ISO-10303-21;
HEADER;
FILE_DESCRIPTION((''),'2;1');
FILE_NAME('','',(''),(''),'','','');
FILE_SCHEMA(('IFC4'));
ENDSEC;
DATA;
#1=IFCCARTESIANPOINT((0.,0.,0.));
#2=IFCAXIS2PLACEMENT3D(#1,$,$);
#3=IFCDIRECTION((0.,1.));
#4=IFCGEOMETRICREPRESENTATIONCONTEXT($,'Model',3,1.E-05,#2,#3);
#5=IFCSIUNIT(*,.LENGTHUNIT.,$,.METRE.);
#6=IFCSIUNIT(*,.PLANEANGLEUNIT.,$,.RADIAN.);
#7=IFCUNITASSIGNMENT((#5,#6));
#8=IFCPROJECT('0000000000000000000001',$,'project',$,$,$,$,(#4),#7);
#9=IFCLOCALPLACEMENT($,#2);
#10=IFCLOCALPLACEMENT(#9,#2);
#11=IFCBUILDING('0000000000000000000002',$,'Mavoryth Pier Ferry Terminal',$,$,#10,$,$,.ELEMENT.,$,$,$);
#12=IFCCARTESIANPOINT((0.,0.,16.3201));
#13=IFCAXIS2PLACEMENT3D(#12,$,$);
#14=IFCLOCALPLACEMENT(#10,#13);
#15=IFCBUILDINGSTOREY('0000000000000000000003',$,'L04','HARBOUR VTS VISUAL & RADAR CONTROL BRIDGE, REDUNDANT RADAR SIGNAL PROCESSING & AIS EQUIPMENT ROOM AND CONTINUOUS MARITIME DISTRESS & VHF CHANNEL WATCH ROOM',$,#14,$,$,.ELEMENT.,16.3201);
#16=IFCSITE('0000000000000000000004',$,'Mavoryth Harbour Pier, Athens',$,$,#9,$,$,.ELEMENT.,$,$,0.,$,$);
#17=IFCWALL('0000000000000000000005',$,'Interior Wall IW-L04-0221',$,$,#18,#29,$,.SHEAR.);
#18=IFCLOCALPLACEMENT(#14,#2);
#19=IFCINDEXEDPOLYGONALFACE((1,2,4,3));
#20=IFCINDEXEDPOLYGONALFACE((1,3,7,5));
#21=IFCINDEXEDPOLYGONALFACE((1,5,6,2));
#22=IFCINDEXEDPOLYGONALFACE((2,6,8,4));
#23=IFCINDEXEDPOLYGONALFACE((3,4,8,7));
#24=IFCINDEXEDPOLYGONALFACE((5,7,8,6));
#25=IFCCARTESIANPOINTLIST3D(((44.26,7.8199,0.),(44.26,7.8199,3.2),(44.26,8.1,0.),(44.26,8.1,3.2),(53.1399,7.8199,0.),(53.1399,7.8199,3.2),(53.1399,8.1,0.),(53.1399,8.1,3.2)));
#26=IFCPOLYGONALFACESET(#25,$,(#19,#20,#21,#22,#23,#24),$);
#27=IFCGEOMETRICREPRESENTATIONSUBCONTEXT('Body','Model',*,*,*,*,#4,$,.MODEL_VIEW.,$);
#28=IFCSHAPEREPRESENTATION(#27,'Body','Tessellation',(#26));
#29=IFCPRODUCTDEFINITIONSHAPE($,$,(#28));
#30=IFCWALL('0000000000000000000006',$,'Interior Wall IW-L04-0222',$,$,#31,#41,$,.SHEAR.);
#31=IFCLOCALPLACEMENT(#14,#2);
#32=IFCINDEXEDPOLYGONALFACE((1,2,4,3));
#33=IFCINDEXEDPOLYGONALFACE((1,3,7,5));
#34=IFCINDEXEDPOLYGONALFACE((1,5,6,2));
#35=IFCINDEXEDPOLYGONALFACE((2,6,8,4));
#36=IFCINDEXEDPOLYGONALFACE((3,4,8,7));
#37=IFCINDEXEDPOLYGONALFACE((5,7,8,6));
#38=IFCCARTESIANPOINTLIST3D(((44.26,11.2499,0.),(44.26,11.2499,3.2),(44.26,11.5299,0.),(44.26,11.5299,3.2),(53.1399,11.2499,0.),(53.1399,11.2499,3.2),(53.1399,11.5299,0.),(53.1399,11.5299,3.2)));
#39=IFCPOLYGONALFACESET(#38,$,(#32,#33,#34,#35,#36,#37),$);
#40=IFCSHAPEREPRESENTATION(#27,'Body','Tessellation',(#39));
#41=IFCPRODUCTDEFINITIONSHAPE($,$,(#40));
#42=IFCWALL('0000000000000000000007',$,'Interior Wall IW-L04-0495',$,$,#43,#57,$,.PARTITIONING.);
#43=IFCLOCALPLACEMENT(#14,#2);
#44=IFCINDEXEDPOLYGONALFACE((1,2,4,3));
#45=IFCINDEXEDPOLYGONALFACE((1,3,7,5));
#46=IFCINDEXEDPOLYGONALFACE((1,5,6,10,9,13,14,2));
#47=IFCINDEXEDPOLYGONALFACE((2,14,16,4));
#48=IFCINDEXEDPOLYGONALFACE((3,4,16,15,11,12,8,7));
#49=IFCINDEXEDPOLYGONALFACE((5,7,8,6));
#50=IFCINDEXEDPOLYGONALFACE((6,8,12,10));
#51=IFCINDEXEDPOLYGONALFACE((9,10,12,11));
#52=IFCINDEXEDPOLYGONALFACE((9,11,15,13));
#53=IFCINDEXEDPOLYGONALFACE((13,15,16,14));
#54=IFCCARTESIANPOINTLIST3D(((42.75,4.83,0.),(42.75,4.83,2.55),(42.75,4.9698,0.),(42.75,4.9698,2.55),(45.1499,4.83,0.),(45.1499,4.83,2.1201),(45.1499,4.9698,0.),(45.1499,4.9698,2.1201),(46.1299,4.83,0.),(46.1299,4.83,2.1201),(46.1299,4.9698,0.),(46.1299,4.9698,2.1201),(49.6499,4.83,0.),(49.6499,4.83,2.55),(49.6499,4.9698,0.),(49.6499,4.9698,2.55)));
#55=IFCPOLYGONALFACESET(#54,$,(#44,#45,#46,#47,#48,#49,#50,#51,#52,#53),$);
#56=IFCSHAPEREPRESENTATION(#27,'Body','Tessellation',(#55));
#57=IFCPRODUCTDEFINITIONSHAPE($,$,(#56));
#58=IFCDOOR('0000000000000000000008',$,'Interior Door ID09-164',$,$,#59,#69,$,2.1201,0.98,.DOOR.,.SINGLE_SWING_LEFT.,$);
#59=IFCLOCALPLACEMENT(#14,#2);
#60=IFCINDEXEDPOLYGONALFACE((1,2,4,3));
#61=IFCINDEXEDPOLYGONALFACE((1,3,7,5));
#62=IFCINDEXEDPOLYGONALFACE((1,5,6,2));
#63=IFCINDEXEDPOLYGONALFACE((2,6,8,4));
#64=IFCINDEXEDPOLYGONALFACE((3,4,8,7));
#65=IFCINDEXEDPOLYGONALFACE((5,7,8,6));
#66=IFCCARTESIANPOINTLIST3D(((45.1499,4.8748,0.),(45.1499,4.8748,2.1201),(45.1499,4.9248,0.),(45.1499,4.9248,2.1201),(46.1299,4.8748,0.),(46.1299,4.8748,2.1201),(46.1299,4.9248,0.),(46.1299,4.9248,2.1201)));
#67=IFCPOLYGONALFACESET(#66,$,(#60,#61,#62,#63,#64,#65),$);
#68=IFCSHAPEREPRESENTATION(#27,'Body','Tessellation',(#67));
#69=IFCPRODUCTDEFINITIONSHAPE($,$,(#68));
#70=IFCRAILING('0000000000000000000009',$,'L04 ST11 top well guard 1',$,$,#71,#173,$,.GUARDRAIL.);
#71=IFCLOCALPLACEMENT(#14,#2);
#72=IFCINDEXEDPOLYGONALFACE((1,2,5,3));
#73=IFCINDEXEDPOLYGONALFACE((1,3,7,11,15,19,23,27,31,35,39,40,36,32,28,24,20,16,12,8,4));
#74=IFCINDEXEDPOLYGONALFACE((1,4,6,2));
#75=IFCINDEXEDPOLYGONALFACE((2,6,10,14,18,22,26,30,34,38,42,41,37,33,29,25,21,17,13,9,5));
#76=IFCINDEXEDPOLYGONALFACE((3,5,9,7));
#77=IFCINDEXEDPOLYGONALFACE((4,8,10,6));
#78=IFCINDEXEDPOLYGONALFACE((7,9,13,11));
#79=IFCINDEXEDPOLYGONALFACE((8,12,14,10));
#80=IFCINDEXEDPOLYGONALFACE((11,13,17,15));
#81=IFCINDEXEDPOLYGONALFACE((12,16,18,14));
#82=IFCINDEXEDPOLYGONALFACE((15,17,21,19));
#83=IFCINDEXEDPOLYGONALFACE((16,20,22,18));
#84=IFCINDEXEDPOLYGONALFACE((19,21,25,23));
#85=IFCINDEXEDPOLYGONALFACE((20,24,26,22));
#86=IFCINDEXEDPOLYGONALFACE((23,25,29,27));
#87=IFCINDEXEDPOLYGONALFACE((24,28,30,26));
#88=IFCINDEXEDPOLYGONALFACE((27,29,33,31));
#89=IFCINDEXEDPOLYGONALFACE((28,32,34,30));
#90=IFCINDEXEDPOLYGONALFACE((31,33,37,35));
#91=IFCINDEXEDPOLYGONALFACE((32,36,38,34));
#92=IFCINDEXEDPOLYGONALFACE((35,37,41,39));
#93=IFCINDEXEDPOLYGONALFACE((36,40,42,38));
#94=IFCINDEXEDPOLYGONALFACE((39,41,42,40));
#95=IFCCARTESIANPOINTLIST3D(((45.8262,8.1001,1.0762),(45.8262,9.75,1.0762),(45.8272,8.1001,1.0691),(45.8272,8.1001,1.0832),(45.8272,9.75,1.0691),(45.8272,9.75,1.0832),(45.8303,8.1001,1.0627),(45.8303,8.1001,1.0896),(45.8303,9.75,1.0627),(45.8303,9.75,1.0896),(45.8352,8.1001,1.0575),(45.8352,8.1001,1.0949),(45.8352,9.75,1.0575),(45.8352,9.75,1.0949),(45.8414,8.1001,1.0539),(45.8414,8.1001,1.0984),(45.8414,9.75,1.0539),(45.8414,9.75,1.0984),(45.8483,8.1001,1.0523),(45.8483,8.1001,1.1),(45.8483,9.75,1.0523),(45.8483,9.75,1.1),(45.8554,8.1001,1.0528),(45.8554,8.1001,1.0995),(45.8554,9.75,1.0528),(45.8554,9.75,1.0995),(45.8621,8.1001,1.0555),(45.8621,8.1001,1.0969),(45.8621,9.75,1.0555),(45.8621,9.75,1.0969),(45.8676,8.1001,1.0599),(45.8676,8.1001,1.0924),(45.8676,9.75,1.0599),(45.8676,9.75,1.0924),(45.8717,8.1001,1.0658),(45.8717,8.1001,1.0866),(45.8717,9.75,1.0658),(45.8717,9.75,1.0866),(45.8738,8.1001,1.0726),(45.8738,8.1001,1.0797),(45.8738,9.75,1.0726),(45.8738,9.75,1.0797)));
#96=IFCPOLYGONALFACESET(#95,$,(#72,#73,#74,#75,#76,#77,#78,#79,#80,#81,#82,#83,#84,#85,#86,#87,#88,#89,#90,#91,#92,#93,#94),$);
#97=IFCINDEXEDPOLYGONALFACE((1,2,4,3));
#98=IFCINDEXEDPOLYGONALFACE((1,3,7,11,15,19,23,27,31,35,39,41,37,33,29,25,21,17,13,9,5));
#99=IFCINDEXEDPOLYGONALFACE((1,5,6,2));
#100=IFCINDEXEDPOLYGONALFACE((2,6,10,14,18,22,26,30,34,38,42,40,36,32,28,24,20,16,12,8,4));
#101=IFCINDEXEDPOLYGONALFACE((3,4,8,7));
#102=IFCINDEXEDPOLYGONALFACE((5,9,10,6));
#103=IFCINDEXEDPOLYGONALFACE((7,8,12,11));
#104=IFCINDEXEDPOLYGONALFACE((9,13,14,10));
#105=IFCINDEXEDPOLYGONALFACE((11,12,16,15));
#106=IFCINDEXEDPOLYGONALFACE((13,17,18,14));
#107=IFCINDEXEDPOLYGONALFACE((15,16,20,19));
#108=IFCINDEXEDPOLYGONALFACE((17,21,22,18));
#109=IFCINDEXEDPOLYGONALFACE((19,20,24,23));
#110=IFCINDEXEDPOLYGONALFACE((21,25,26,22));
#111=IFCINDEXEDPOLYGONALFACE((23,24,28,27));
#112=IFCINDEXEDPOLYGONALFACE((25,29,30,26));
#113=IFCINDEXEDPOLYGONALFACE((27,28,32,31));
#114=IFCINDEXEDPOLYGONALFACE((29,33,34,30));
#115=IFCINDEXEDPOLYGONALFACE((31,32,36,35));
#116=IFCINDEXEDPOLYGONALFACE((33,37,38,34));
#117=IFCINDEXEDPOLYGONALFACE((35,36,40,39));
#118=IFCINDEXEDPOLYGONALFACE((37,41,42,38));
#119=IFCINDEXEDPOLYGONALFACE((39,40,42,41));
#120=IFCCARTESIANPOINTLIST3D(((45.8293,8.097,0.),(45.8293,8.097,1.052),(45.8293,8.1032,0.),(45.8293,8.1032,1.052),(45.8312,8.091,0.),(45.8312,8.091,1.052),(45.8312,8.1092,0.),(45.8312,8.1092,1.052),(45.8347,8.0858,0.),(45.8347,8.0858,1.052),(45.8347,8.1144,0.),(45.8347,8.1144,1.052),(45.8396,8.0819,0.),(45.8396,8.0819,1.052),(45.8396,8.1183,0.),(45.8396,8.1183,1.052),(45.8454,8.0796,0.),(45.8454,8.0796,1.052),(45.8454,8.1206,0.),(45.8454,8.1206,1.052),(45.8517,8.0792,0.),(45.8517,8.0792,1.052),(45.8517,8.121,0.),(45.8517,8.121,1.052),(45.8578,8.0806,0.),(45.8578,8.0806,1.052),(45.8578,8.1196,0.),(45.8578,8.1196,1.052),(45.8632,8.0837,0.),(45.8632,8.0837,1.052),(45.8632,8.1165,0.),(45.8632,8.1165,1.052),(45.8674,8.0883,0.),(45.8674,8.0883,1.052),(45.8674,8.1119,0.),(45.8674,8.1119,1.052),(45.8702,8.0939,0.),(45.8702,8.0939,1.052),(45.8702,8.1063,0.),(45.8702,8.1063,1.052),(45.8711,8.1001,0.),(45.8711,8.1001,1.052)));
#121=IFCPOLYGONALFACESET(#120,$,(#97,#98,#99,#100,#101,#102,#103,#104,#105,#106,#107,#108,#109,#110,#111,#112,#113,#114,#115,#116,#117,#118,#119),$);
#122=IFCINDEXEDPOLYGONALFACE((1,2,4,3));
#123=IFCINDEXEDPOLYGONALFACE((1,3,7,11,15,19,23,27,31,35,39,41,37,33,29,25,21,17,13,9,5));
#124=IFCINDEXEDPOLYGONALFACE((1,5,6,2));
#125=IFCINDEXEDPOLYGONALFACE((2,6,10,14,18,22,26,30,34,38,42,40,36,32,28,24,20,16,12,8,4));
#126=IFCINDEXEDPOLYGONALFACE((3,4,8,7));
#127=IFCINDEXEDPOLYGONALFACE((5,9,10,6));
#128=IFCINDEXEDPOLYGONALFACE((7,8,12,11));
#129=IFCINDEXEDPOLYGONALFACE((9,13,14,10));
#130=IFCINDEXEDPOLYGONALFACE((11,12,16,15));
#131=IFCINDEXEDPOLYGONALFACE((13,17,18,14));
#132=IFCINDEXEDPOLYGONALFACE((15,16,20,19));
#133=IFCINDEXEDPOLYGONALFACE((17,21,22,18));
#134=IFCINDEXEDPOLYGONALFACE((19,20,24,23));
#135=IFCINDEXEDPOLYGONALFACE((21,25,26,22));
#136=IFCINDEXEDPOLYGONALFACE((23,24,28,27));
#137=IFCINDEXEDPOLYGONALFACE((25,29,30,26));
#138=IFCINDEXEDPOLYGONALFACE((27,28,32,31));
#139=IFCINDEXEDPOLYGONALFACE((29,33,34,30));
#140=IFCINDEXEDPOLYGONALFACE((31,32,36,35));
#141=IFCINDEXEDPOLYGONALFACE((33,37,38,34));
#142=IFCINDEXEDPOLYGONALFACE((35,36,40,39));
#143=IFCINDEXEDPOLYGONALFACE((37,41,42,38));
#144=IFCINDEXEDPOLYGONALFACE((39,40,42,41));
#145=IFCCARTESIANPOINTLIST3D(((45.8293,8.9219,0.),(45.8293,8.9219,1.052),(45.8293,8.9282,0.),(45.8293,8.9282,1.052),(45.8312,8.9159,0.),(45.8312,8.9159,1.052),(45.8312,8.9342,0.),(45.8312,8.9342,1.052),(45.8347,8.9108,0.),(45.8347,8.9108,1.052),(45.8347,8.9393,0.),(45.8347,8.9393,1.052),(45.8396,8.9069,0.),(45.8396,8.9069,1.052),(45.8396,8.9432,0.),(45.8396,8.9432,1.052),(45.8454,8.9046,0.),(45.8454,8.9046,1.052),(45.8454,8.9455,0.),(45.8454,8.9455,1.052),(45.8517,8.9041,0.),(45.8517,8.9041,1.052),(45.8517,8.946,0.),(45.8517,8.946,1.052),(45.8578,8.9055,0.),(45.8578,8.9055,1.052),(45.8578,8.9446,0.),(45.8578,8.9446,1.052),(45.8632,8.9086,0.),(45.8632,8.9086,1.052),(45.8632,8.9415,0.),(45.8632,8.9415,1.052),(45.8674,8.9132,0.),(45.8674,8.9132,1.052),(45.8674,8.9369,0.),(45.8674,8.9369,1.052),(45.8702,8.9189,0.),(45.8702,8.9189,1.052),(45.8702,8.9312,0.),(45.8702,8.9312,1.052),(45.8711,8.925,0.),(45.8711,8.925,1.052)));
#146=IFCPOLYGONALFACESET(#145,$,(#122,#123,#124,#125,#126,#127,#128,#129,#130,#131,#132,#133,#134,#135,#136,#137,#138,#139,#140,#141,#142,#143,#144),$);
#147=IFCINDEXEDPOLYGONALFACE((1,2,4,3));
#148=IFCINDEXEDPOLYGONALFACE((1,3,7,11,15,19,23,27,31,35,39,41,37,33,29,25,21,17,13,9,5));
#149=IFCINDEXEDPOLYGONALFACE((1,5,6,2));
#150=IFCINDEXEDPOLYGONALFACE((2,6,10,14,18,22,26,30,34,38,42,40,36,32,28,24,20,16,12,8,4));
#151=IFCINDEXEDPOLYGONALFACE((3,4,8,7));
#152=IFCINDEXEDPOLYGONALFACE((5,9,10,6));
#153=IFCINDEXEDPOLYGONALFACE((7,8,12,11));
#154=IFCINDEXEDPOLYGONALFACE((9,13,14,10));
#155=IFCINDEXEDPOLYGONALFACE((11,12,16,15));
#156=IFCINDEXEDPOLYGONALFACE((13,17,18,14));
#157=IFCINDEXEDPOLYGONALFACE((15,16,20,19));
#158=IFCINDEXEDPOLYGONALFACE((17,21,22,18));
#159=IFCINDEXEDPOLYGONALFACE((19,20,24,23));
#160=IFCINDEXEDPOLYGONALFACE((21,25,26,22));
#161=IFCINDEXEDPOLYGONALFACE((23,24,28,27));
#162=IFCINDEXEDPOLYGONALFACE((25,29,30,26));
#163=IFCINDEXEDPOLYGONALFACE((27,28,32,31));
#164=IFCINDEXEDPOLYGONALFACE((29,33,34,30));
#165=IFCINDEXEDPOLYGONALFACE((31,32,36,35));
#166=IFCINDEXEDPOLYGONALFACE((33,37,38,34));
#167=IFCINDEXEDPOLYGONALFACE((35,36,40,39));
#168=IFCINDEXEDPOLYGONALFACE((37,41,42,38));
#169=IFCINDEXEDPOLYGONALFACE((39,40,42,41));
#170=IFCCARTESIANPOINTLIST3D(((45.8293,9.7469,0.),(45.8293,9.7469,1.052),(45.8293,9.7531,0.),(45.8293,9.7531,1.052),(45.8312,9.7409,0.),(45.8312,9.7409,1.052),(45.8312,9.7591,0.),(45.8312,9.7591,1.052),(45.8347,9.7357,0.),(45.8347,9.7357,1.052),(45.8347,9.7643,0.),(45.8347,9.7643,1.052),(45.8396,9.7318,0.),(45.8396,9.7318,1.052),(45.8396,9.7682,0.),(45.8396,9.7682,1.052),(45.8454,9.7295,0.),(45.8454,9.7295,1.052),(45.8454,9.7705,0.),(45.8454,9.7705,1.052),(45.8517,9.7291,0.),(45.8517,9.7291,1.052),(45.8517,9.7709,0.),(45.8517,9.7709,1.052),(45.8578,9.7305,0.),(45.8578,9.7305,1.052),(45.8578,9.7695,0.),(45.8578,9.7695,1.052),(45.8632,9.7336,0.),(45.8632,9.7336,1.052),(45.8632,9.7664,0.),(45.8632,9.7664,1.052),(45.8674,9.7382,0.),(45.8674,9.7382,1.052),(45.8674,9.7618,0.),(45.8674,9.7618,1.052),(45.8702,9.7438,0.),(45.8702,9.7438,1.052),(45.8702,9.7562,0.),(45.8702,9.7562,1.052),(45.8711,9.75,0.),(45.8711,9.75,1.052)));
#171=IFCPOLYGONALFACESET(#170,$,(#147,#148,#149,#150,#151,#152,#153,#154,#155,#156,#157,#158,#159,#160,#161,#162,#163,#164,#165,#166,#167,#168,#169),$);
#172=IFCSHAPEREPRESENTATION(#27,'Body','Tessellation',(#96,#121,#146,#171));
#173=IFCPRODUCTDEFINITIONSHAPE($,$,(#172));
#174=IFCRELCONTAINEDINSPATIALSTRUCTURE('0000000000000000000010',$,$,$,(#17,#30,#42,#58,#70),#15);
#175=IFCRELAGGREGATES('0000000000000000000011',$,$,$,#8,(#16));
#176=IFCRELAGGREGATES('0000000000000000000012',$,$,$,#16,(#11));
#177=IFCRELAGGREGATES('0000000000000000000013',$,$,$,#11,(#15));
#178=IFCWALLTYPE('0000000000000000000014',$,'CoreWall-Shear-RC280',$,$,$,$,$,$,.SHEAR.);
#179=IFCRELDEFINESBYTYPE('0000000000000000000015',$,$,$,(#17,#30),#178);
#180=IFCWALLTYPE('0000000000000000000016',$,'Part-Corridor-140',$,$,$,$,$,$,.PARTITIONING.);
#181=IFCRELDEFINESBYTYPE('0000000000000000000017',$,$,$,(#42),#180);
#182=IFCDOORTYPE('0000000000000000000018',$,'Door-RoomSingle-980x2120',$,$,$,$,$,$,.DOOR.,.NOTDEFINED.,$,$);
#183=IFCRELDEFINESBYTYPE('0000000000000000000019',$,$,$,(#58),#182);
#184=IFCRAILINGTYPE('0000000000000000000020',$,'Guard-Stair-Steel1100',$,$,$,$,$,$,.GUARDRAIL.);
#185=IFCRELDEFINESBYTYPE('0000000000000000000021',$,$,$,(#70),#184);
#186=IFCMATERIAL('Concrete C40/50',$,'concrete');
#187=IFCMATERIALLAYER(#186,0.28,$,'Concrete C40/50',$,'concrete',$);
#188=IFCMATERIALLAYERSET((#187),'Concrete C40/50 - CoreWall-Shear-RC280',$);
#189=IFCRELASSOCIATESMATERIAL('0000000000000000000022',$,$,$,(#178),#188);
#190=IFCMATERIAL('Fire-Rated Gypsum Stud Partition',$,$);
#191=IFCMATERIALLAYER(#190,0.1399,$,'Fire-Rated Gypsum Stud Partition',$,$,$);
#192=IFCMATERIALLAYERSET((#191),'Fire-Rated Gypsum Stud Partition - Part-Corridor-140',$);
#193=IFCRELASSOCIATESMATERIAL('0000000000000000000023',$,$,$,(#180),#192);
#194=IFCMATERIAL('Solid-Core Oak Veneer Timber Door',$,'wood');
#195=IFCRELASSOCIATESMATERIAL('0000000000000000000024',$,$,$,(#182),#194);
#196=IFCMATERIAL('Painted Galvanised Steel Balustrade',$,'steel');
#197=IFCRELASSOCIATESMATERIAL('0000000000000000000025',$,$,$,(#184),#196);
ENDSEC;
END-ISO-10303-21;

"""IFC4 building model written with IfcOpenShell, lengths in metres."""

from ifc_helpers import new_model, si_unit, direction, frame, frame_2d, origin, origin_2d, place, context, subcontext, project, spatial, rectangle, circle, extrude, material, layer, layer_set, type_object, element, fill, save


model = new_model("IFC4")

# Units and contexts
model_context = context("Model", 3, precision=1e-05, world=origin(), true_north=direction((0.0, 1.0)))
body_context = subcontext(model_context, "Body", "Model", "MODEL_VIEW")
ifc_project = project(units=[si_unit("LENGTHUNIT", "METRE"), si_unit("PLANEANGLEUNIT", "RADIAN")], contexts=[model_context])

# Site, building, storey
site_placement = place(None, origin())
site = spatial("IfcSite", under=ifc_project, at=site_placement, Name="Mavoryth Harbour Pier, Athens", CompositionType="ELEMENT", RefElevation=0.0)
building_placement = place(site_placement, origin())
building = spatial("IfcBuilding", under=site, at=building_placement, Name="Mavoryth Pier Ferry Terminal", CompositionType="ELEMENT")
storey_placement = place(building_placement, frame((0.0, 0.0, 16.3201)))
storey = spatial("IfcBuildingStorey", under=building, at=storey_placement, Name="L04", Description="HARBOUR VTS VISUAL & RADAR CONTROL BRIDGE, REDUNDANT RADAR SIGNAL PROCESSING & AIS EQUIPMENT ROOM AND CONTINUOUS MARITIME DISTRESS & VHF CHANNEL WATCH ROOM", CompositionType="ELEMENT", Elevation=16.3201)

# Shared definitions
ifc_material_1 = material(Name="Concrete C40/50", Category="concrete")

# Walls
ifc_layer_1 = layer(ifc_material_1, 0.28, Name="Concrete C40/50", Category="concrete")
ifc_layer_set_1 = layer_set([ifc_layer_1], Name="Concrete C40/50 - CoreWall-Shear-RC280")
wall_type_1 = type_object("IfcWallType", Name="CoreWall-Shear-RC280", PredefinedType="SHEAR", material=ifc_layer_set_1)
for number, where, z_axis, x_axis, name in (
    (1, (44.26, 7.96, 0.0), (0.0, 0.0, 1.0), (1.0, 0.0, 0.0), "Interior Wall IW-L04-0221"),
    (2, (44.26, 11.3899, 0.0), (0.0, 0.0, 1.0), (1.0, 0.0, 0.0), "Interior Wall IW-L04-0222"),
):
    element("IfcWall", number, at=place(storey_placement, frame(where, z_axis=z_axis, x_axis=x_axis)), inside=storey, type_object=wall_type_1, Name=name, PredefinedType="SHEAR", context=body_context, shape_type="SweptSolid", body=[
        extrude(rectangle(XDim=8.8799, YDim=0.28, at=frame_2d((4.4399, 0.0))), origin(), (0.0, 0.0, 1.0), 3.2),
    ])

# Wall, opening, door
ifc_material_2 = material(Name="Fire-Rated Gypsum Stud Partition")
ifc_layer_2 = layer(ifc_material_2, 0.1399, Name="Fire-Rated Gypsum Stud Partition")
ifc_layer_set_2 = layer_set([ifc_layer_2], Name="Fire-Rated Gypsum Stud Partition - Part-Corridor-140")
wall_type_2 = type_object("IfcWallType", Name="Part-Corridor-140", PredefinedType="PARTITIONING", material=ifc_layer_set_2)
wall_1_placement = place(storey_placement, frame((42.75, 4.8999, 0.0), z_axis=(0.0, 0.0, 1.0), x_axis=(1.0, 0.0, 0.0)))
wall_1 = element("IfcWall", 3, at=wall_1_placement, inside=storey, type_object=wall_type_2, Name="Interior Wall IW-L04-0495", PredefinedType="PARTITIONING", context=body_context, shape_type="SweptSolid", body=[
    extrude(rectangle(XDim=6.8999, YDim=0.1399, at=frame_2d((3.45, 0.0))), origin(), (0.0, 0.0, 1.0), 2.55),
])
opening_1_placement = place(wall_1_placement, frame((2.3999, 0.0, 0.0)))
opening_1 = element("IfcOpeningElement", 4, at=opening_1_placement, cuts=wall_1, PredefinedType="OPENING", context=body_context, shape_type="SweptSolid", body=[
    extrude(rectangle(XDim=0.98, YDim=2.1201, at=frame_2d((0.49, 1.0601))), frame((0.0, 0.0798, 0.0), z_axis=(0.0, -1.0, 0.0), x_axis=(1.0, 0.0, 0.0)), (0.0, 0.0, 1.0), 0.1599),
])
ifc_material_3 = material(Name="Solid-Core Oak Veneer Timber Door", Category="wood")
door_type_1 = type_object("IfcDoorType", Name="Door-RoomSingle-980x2120", OperationType="NOTDEFINED", PredefinedType="DOOR", material=ifc_material_3)
door_1_placement = place(opening_1_placement, origin())
door_1 = element("IfcDoor", 5, at=door_1_placement, inside=storey, type_object=door_type_1, Name="Interior Door ID09-164", OperationType="SINGLE_SWING_LEFT", OverallHeight=2.1201, OverallWidth=0.98, PredefinedType="DOOR", context=body_context, shape_type="SweptSolid", body=[
    extrude(rectangle(XDim=0.98, YDim=2.1201, at=frame_2d((0.49, 1.0601))), frame((0.0, 0.0249, 0.0), z_axis=(0.0, -1.0, 0.0), x_axis=(1.0, 0.0, 0.0)), (0.0, 0.0, 1.0), 0.05),
])
fill(opening_1, door_1)

# Railing
ifc_material_4 = material(Name="Painted Galvanised Steel Balustrade", Category="steel")
railing_type = type_object("IfcRailingType", Name="Guard-Stair-Steel1100", PredefinedType="GUARDRAIL", material=ifc_material_4)
railing_placement = place(storey_placement, frame((45.8501, 8.1001, 0.0)))
element("IfcRailing", 6, at=railing_placement, inside=storey, type_object=railing_type, Name="L04 ST11 top well guard 1", PredefinedType="GUARDRAIL", context=body_context, shape_type="SweptSolid", body=[
    extrude(circle(Radius=0.0239, at=origin_2d()), frame((0.0, 0.0, 1.0762), z_axis=(0.0, 1.0, 0.0), x_axis=(-1.0, 0.0, 0.0)), (0.0, 0.0, 1.0), 1.6499),
    extrude(circle(Radius=0.021, at=origin_2d()), origin(), (0.0, 0.0, 1.0), 1.052),
    extrude(circle(Radius=0.021, at=origin_2d()), frame((0.0, 0.825, 0.0)), (0.0, 0.0, 1.0), 1.052),
    extrude(circle(Radius=0.021, at=origin_2d()), frame((0.0, 1.6499, 0.0)), (0.0, 0.0, 1.0), 1.052),
])

save(model, "model.ifc")
